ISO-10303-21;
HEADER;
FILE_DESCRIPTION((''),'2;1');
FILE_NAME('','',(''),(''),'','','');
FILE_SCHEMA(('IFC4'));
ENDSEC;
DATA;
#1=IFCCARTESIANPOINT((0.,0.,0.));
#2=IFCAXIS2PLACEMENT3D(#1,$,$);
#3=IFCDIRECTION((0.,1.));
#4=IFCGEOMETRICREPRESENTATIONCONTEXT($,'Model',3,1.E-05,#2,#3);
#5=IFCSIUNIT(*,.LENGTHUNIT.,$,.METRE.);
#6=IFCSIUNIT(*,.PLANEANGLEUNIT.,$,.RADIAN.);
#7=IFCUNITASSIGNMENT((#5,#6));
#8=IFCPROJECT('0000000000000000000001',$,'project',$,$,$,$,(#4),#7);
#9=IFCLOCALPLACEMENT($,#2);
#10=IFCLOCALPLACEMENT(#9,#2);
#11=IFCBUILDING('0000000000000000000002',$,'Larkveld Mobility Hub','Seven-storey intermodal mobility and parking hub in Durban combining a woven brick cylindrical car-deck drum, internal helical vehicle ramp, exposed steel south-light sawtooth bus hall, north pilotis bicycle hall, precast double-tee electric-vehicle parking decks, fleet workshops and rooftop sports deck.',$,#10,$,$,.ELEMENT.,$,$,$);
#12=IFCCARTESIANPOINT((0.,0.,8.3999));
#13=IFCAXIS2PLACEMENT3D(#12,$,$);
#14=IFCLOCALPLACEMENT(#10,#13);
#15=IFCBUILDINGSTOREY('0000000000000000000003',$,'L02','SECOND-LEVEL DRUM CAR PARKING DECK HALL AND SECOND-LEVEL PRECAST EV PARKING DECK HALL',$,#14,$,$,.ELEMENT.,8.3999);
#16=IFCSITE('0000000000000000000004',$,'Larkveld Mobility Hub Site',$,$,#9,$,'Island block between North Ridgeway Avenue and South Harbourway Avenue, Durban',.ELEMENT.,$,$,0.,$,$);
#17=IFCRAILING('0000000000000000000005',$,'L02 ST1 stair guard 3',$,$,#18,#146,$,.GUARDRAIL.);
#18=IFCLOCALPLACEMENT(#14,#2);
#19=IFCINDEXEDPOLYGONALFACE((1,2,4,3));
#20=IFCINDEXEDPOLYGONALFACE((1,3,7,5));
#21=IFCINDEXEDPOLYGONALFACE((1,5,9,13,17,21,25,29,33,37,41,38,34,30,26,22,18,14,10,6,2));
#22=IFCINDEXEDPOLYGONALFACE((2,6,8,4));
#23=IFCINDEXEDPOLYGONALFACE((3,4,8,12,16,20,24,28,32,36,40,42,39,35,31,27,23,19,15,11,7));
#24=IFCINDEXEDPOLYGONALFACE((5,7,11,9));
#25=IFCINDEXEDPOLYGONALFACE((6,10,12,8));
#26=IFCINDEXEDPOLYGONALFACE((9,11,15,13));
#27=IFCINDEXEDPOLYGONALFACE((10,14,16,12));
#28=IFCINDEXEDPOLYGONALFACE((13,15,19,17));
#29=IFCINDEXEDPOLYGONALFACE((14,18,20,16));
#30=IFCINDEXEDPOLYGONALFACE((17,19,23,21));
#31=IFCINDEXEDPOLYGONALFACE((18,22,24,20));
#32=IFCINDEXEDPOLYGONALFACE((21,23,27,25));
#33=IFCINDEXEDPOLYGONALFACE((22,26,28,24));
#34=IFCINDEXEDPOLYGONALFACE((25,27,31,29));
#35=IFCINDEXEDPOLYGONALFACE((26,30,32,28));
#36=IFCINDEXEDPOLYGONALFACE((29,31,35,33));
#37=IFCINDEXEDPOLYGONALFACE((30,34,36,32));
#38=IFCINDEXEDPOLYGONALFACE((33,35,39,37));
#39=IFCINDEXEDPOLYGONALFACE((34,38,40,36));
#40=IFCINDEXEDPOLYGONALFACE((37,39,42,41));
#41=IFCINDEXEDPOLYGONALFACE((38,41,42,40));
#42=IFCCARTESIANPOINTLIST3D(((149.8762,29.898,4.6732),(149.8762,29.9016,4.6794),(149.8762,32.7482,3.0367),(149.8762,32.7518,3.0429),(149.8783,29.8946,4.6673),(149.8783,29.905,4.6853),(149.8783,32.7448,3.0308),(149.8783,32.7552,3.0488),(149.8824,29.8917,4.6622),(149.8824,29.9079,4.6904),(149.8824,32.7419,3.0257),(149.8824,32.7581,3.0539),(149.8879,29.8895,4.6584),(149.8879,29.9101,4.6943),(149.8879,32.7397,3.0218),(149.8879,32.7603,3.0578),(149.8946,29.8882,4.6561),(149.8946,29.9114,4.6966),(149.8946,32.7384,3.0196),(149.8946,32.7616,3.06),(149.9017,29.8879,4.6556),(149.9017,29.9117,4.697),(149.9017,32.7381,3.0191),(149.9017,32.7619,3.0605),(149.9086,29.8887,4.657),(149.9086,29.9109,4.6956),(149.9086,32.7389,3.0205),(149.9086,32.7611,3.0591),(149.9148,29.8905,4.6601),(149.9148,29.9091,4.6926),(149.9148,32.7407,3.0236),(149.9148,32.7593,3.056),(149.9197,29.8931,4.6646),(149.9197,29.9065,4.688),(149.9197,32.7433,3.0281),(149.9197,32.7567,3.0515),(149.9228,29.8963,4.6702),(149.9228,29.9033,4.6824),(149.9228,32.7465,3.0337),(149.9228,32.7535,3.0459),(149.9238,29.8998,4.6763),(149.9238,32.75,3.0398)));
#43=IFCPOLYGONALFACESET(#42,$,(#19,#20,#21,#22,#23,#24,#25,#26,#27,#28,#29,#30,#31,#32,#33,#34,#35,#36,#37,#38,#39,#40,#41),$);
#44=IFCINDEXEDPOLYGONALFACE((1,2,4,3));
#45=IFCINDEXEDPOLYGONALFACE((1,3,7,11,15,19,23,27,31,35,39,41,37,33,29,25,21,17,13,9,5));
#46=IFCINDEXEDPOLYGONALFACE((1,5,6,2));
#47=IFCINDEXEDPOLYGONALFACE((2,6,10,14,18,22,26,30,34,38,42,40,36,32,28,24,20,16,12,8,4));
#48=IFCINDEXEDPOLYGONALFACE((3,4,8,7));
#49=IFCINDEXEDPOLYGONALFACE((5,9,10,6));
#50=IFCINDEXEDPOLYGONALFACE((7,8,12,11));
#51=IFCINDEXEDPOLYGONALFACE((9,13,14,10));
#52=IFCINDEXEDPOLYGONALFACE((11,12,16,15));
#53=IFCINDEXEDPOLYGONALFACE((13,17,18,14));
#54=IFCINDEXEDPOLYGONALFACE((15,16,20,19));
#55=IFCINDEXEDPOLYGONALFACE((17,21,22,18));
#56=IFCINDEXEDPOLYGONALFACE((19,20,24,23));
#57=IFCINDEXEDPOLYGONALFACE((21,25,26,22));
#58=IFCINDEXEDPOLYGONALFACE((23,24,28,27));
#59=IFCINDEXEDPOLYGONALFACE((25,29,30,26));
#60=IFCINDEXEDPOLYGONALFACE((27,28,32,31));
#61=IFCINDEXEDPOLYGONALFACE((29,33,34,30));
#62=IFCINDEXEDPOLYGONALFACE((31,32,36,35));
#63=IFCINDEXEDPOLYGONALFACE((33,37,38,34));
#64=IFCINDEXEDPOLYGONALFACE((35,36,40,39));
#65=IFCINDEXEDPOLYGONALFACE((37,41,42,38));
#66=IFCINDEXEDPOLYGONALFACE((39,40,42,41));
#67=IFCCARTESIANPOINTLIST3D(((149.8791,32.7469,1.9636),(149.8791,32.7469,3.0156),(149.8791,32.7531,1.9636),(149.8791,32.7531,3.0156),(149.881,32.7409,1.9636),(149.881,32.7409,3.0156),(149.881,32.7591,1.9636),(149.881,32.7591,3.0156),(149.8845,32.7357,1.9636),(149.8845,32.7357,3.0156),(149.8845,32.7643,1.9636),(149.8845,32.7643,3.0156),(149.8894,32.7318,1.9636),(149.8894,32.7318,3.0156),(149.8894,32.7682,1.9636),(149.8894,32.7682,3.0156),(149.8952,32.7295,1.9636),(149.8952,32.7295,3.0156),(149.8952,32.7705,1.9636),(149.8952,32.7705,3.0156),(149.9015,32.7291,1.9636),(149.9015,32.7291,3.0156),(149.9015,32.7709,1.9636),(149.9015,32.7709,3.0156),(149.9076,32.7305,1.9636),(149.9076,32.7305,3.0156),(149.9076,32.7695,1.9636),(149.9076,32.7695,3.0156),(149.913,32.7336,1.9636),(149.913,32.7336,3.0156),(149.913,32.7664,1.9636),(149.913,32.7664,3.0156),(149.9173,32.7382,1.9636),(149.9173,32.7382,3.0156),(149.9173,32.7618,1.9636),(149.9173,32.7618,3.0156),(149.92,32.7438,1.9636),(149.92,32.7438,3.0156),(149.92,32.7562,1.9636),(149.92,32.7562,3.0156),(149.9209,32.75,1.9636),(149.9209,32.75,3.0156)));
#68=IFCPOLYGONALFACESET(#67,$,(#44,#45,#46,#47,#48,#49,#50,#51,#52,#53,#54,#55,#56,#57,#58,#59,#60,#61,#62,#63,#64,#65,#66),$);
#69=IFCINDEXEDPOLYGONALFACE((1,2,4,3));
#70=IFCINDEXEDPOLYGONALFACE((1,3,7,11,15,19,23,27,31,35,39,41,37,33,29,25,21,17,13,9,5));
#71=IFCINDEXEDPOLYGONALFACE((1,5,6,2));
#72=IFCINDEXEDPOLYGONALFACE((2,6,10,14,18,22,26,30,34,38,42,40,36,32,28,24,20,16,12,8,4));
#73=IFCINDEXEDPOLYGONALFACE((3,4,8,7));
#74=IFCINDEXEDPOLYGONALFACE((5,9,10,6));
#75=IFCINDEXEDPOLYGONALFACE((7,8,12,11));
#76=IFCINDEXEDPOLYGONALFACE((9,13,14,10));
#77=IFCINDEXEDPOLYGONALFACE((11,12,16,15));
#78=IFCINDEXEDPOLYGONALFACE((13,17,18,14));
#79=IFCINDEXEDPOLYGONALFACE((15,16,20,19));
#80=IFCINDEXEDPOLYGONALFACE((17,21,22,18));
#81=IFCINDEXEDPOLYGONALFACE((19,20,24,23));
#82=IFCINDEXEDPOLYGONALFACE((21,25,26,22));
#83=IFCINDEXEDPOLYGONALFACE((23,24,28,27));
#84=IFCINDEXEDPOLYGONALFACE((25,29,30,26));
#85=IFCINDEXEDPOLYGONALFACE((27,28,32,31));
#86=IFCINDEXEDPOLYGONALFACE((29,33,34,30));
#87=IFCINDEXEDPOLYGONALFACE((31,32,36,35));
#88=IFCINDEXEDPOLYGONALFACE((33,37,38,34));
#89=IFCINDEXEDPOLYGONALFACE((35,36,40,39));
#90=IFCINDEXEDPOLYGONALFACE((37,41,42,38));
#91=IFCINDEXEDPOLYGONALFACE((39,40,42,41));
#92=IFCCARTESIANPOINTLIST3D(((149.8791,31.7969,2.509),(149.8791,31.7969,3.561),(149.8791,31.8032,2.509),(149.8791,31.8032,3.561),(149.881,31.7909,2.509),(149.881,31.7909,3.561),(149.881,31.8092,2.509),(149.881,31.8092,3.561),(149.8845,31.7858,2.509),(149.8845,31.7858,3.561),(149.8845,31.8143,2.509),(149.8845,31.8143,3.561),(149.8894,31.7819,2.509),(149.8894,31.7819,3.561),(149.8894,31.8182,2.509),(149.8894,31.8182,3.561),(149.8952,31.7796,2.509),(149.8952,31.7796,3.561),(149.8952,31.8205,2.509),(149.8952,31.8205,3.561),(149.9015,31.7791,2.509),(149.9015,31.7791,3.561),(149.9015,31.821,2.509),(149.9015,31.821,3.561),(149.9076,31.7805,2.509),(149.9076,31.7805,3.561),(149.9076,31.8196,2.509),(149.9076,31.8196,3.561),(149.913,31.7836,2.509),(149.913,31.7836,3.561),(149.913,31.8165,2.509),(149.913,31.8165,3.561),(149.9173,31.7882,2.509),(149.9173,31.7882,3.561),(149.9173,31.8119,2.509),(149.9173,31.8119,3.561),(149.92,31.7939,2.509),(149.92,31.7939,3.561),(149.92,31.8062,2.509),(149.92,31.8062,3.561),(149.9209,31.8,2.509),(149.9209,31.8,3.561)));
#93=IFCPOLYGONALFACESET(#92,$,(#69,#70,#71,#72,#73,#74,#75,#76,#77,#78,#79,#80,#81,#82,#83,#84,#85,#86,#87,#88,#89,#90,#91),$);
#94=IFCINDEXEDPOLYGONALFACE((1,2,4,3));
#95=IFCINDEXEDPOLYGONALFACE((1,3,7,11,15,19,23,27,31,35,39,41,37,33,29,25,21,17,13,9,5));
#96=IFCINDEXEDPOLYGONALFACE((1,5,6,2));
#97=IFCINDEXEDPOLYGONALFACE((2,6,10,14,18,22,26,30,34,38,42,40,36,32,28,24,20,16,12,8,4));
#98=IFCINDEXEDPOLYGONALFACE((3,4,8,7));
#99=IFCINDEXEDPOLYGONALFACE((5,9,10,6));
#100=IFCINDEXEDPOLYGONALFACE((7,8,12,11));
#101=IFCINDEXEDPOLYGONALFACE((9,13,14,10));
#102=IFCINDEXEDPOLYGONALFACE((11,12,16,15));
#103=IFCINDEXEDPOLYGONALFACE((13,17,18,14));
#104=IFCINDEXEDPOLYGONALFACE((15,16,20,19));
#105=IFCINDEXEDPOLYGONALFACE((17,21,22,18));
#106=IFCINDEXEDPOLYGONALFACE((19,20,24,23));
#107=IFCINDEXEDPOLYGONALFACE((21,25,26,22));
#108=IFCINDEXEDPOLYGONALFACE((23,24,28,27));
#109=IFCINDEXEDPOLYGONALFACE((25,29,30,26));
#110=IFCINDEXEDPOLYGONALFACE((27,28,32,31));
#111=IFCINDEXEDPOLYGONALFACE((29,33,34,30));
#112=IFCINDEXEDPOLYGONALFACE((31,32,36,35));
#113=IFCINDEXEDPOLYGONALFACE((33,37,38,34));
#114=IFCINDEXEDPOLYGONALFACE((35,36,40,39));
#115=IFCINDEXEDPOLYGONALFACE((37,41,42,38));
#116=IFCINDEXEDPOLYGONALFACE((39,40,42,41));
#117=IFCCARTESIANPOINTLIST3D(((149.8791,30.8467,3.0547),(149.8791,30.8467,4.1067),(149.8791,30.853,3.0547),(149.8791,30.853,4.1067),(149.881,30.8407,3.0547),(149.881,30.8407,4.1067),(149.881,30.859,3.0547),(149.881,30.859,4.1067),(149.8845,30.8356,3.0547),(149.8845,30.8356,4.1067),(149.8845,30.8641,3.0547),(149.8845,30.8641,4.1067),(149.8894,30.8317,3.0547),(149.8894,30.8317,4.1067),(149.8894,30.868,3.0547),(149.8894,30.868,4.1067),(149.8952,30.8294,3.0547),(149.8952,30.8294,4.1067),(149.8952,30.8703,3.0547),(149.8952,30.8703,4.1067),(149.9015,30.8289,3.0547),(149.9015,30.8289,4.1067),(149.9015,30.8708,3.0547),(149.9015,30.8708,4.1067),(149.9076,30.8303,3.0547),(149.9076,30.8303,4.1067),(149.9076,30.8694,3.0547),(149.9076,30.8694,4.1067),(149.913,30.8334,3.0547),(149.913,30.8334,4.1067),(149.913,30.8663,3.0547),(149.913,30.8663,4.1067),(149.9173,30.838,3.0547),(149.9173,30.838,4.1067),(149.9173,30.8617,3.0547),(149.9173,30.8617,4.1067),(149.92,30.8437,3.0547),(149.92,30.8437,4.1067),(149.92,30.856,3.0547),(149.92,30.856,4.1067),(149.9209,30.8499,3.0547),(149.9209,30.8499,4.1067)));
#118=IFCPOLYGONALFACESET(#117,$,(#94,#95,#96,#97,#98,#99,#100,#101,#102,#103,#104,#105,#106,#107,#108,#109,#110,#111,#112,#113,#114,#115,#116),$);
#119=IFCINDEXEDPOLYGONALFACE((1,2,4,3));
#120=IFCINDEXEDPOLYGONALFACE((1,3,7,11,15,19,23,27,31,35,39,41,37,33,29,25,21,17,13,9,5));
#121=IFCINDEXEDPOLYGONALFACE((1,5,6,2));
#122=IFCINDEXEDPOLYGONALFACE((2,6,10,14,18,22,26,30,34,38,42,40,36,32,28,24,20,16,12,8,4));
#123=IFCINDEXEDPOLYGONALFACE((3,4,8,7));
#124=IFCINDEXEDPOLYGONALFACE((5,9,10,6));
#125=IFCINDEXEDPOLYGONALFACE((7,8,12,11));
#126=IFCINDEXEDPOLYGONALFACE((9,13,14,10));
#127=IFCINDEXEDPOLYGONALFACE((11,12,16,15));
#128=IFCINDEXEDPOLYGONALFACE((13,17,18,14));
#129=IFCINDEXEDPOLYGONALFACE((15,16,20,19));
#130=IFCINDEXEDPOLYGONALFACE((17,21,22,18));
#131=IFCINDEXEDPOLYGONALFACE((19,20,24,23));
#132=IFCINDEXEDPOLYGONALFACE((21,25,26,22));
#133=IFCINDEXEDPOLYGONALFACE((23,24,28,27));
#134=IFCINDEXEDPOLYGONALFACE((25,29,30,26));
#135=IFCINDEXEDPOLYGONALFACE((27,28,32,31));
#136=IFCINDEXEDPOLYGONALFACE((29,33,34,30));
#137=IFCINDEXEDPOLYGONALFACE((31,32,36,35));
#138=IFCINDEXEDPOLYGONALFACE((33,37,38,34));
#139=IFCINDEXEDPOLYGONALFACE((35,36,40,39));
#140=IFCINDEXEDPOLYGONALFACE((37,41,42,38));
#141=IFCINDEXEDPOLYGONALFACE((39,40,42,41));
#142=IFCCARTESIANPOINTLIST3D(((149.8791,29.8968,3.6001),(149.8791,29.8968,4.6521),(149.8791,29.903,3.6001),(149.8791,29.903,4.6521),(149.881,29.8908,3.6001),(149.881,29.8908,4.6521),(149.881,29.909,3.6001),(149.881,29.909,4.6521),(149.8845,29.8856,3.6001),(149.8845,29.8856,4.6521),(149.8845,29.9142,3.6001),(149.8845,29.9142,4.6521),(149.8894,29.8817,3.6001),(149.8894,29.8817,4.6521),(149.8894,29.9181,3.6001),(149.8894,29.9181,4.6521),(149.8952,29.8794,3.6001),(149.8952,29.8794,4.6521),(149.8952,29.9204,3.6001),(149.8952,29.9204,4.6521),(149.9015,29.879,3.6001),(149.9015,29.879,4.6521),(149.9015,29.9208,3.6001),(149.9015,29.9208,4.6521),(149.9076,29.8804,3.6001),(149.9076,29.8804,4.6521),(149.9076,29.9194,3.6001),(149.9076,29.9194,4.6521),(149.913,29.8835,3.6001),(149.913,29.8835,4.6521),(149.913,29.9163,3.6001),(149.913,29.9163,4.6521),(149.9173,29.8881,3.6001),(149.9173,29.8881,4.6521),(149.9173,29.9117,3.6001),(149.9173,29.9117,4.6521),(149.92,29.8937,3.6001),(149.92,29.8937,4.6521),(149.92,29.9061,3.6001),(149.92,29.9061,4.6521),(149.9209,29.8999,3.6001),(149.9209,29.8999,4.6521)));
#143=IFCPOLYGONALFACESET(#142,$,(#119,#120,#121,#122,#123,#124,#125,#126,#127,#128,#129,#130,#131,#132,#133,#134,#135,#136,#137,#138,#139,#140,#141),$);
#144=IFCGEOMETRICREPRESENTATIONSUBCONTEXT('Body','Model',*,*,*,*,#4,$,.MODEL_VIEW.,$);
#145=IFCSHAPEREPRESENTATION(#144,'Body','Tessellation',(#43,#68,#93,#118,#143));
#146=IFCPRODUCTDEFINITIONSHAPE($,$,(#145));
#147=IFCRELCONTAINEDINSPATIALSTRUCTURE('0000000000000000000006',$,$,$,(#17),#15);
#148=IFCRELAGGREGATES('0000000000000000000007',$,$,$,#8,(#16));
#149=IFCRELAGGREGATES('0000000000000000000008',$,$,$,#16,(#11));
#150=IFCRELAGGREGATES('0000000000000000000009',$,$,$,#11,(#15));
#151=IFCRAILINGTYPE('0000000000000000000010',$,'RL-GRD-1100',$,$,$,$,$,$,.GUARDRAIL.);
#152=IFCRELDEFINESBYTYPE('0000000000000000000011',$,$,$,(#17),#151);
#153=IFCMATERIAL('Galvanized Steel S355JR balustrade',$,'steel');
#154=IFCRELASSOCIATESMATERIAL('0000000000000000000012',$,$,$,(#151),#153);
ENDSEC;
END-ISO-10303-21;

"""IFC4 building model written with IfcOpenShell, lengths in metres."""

from ifc_helpers import new_model, si_unit, direction, frame, origin, origin_2d, place, context, subcontext, project, spatial, circle, extrude, material, type_object, element, save


model = new_model("IFC4")

# Units and contexts
model_context = context("Model", 3, precision=1e-05, world=origin(), true_north=direction((0.0, 1.0)))
body_context = subcontext(model_context, "Body", "Model", "MODEL_VIEW")
ifc_project = project(units=[si_unit("LENGTHUNIT", "METRE"), si_unit("PLANEANGLEUNIT", "RADIAN")], contexts=[model_context])

# Site, building, storey
site_placement = place(None, origin())
site = spatial("IfcSite", under=ifc_project, at=site_placement, Name="Larkveld Mobility Hub Site", LongName="Island block between North Ridgeway Avenue and South Harbourway Avenue, Durban", CompositionType="ELEMENT", RefElevation=0.0)
building_placement = place(site_placement, origin())
building = spatial("IfcBuilding", under=site, at=building_placement, Name="Larkveld Mobility Hub", Description="Seven-storey intermodal mobility and parking hub in Durban combining a woven brick cylindrical car-deck drum, internal helical vehicle ramp, exposed steel south-light sawtooth bus hall, north pilotis bicycle hall, precast double-tee electric-vehicle parking decks, fleet workshops and rooftop sports deck.", CompositionType="ELEMENT")
storey_placement = place(building_placement, frame((0.0, 0.0, 8.3999)))
storey = spatial("IfcBuildingStorey", under=building, at=storey_placement, Name="L02", Description="SECOND-LEVEL DRUM CAR PARKING DECK HALL AND SECOND-LEVEL PRECAST EV PARKING DECK HALL", CompositionType="ELEMENT", Elevation=8.3999)

# Railing
ifc_material_1 = material(Name="Galvanized Steel S355JR balustrade", Category="steel")
railing_type = type_object("IfcRailingType", Name="RL-GRD-1100", PredefinedType="GUARDRAIL", material=ifc_material_1)
railing_1_placement = place(storey_placement, frame((149.8999, 32.75, 1.9636)))
element("IfcRailing", 1, at=railing_1_placement, inside=storey, type_object=railing_type, Name="L02 ST1 stair guard 3", PredefinedType="GUARDRAIL", context=body_context, shape_type="SweptSolid", body=[
    extrude(circle(Radius=0.0239, at=origin_2d()), frame((0.0, 0.0, 1.0762), z_axis=(0.0, -0.867213, 0.497938), x_axis=(1.0, 0.0, 0.0)), (0.0, 0.0, 1.0), 3.2866),
    extrude(circle(Radius=0.021, at=origin_2d()), origin(), (0.0, 0.0, 1.0), 1.052),
    extrude(circle(Radius=0.021, at=origin_2d()), frame((0.0, -0.95, 0.5454)), (0.0, 0.0, 1.0), 1.052),
    extrude(circle(Radius=0.021, at=origin_2d()), frame((0.0, -1.9001, 1.0911)), (0.0, 0.0, 1.0), 1.052),
    extrude(circle(Radius=0.021, at=origin_2d()), frame((0.0, -2.8501, 1.6365)), (0.0, 0.0, 1.0), 1.052),
])

save(model, "model.ifc")
